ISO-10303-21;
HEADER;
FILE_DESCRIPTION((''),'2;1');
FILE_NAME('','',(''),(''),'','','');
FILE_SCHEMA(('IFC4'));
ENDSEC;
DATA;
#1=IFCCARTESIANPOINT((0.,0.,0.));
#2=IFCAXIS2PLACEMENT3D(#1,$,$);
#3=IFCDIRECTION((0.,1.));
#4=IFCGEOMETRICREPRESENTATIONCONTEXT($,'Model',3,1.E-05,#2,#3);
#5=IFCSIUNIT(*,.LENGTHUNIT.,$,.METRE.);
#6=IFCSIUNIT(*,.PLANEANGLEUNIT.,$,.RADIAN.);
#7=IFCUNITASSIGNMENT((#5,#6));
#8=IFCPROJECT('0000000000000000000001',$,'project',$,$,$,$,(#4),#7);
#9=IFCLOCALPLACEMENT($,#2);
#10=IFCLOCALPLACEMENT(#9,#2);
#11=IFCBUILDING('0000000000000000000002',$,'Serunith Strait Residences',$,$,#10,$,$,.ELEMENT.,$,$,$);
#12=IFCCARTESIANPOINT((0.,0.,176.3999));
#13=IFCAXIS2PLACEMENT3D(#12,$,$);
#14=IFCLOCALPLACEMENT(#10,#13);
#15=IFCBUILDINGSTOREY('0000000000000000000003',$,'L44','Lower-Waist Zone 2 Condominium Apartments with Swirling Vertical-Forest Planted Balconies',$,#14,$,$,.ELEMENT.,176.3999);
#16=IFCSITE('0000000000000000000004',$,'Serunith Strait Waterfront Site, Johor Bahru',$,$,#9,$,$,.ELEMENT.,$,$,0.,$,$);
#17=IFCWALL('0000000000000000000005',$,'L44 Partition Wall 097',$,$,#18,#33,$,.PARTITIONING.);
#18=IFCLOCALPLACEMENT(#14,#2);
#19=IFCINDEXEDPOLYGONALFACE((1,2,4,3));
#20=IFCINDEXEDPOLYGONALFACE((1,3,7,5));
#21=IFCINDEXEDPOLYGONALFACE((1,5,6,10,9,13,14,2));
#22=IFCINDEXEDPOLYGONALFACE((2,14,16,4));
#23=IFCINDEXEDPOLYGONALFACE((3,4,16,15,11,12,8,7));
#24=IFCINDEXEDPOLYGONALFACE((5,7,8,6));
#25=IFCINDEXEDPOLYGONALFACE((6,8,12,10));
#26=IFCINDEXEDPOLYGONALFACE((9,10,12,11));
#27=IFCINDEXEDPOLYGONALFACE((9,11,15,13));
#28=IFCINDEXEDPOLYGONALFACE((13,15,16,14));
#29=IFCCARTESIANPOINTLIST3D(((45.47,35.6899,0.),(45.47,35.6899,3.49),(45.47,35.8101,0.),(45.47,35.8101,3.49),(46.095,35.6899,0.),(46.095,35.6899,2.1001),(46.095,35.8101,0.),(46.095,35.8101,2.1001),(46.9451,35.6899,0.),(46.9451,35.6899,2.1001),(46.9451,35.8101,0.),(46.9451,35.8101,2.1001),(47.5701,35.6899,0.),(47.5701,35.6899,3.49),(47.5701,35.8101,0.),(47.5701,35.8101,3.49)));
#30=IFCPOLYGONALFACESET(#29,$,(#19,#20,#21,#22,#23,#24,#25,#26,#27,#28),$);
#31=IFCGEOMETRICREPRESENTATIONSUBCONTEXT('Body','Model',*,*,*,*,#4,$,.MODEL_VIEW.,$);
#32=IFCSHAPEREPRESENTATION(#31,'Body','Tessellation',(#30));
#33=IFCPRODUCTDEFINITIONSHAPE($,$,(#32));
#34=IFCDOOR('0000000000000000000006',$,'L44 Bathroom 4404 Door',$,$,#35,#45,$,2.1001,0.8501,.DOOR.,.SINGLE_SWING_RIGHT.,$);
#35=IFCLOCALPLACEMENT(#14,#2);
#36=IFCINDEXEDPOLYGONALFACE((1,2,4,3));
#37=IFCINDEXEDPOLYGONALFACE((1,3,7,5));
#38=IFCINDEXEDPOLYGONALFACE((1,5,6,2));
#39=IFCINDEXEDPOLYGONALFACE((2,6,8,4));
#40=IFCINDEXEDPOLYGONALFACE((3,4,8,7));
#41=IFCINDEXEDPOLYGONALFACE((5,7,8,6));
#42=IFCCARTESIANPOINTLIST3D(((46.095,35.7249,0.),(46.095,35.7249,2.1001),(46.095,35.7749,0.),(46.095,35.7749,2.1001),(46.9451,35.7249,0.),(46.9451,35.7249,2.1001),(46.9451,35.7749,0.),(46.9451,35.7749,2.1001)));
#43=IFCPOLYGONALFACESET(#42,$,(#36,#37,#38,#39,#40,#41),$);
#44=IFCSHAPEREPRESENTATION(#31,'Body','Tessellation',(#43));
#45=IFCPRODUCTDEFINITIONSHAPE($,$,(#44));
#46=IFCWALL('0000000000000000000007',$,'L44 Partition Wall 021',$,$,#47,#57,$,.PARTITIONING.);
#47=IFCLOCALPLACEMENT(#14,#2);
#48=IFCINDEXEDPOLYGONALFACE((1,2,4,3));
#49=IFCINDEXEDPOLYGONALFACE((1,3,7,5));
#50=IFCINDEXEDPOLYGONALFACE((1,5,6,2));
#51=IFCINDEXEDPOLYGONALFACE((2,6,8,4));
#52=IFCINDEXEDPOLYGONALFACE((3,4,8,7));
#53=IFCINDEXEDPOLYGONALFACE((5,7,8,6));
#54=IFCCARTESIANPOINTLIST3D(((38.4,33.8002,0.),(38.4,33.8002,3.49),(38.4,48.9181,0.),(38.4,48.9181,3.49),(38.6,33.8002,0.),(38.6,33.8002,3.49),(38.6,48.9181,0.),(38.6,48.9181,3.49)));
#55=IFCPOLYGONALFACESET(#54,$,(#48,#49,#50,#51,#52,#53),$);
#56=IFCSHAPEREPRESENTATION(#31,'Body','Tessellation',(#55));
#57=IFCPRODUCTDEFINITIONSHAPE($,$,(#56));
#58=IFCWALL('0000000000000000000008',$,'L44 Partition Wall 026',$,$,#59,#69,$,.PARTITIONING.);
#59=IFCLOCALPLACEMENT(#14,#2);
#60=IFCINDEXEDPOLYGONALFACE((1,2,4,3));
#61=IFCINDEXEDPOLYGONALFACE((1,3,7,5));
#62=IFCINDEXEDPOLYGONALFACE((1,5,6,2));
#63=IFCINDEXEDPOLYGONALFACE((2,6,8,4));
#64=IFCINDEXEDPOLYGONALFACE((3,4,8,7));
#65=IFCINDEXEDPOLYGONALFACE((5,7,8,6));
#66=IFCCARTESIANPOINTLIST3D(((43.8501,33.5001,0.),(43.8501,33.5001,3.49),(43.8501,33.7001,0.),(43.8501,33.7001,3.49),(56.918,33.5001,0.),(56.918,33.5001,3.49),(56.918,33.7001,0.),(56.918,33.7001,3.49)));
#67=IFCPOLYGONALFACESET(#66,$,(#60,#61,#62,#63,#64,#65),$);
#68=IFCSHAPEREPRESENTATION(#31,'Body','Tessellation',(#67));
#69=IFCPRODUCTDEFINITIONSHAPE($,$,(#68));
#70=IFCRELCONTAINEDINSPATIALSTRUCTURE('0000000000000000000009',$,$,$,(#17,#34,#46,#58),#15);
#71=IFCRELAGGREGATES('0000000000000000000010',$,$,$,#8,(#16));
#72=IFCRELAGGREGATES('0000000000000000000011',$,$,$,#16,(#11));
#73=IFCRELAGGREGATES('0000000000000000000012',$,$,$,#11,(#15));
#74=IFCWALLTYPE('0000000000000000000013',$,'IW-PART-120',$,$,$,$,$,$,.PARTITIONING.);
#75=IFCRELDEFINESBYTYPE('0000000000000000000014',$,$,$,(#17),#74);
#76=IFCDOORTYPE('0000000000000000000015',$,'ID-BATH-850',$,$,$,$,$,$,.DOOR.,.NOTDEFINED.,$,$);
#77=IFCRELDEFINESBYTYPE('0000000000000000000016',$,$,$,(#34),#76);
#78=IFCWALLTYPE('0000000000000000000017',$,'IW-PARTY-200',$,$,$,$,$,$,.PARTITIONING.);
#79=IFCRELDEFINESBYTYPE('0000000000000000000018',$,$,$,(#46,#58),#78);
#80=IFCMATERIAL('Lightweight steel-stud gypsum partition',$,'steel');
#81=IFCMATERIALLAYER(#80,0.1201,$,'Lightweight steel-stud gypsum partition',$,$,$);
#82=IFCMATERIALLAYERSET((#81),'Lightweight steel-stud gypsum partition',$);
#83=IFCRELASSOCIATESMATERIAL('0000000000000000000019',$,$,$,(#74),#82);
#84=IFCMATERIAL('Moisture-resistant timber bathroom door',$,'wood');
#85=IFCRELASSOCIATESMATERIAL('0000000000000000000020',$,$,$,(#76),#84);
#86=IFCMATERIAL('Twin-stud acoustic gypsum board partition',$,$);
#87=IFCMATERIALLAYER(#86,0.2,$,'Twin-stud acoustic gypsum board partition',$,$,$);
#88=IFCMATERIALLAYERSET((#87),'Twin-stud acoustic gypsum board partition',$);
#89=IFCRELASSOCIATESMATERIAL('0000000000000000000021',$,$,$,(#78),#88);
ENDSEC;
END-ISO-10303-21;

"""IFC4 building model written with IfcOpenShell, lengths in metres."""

from ifc_helpers import new_model, si_unit, direction, frame, frame_2d, origin, place, context, subcontext, project, spatial, rectangle, extrude, source, transform, mapped, material, layer, layer_set, type_object, element, fill, save


model = new_model("IFC4")

# Units and contexts
model_context = context("Model", 3, precision=1e-05, world=origin(), true_north=direction((0.0, 1.0)))
body_context = subcontext(model_context, "Body", "Model", "MODEL_VIEW")
ifc_project = project(units=[si_unit("LENGTHUNIT", "METRE"), si_unit("PLANEANGLEUNIT", "RADIAN")], contexts=[model_context])

# Site, building, storey
site_placement = place(None, origin())
site = spatial("IfcSite", under=ifc_project, at=site_placement, Name="Serunith Strait Waterfront Site, Johor Bahru", CompositionType="ELEMENT", RefElevation=0.0)
building_placement = place(site_placement, origin())
building = spatial("IfcBuilding", under=site, at=building_placement, Name="Serunith Strait Residences", CompositionType="ELEMENT")
storey_placement = place(building_placement, frame((0.0, 0.0, 176.3999)))
storey = spatial("IfcBuildingStorey", under=building, at=storey_placement, Name="L44", Description="Lower-Waist Zone 2 Condominium Apartments with Swirling Vertical-Forest Planted Balconies", CompositionType="ELEMENT", Elevation=176.3999)

# Shared definitions
ifc_material_1 = material(Name="Lightweight steel-stud gypsum partition", Category="steel")
ifc_layer_1 = layer(ifc_material_1, 0.1201, Name="Lightweight steel-stud gypsum partition")
ifc_layer_set_1 = layer_set([ifc_layer_1], Name="Lightweight steel-stud gypsum partition")
wall_type_1 = type_object("IfcWallType", Name="IW-PART-120", PredefinedType="PARTITIONING", material=ifc_layer_set_1)

# Shared definitions
ifc_material_2 = material(Name="Moisture-resistant timber bathroom door", Category="wood")
door_type_1 = type_object("IfcDoorType", Name="ID-BATH-850", OperationType="NOTDEFINED", PredefinedType="DOOR", material=ifc_material_2)
shared_shape_1 = source(origin(), body_context, "Body", "SweptSolid", [
    extrude(rectangle(XDim=0.8501, YDim=2.1001, at=frame_2d((0.425, 1.05))), frame((0.0, 0.0249, 0.0), z_axis=(0.0, -1.0, 0.0), x_axis=(1.0, 0.0, 0.0)), (0.0, 0.0, 1.0), 0.05),
])

# Wall, opening, door
wall_1_placement = place(storey_placement, frame((45.47, 35.75, 0.0), z_axis=(0.0, 0.0, 1.0), x_axis=(1.0, 0.0, 0.0)))
wall_1 = element("IfcWall", 1, at=wall_1_placement, inside=storey, type_object=wall_type_1, Name="L44 Partition Wall 097", PredefinedType="PARTITIONING", context=body_context, shape_type="SweptSolid", body=[
    extrude(rectangle(XDim=2.1001, YDim=0.1201, at=frame_2d((1.05, 0.0))), origin(), (0.0, 0.0, 1.0), 3.49),
])
opening_1_placement = place(wall_1_placement, frame((0.625, 0.0, 0.0)))
opening_1 = element("IfcOpeningElement", 2, at=opening_1_placement, cuts=wall_1, PredefinedType="OPENING", context=body_context, shape_type="SweptSolid", body=[
    extrude(rectangle(XDim=0.8501, YDim=2.1001, at=frame_2d((0.425, 1.05))), frame((0.0, 0.0701, 0.0), z_axis=(0.0, -1.0, 0.0), x_axis=(1.0, 0.0, 0.0)), (0.0, 0.0, 1.0), 0.1401),
])
door_1_placement = place(opening_1_placement, origin())
door_1 = element("IfcDoor", 3, at=door_1_placement, inside=storey, type_object=door_type_1, Name="L44 Bathroom 4404 Door", OperationType="SINGLE_SWING_RIGHT", OverallHeight=2.1001, OverallWidth=0.8501, PredefinedType="DOOR", context=body_context, shape_type="MappedRepresentation", body=[
    mapped(shared_shape_1, transform((0.0, 0.0, 0.0), scale=1.0)),
])
fill(opening_1, door_1)

# Walls
ifc_material_3 = material(Name="Twin-stud acoustic gypsum board partition")
ifc_layer_2 = layer(ifc_material_3, 0.2, Name="Twin-stud acoustic gypsum board partition")
ifc_layer_set_2 = layer_set([ifc_layer_2], Name="Twin-stud acoustic gypsum board partition")
wall_type_2 = type_object("IfcWallType", Name="IW-PARTY-200", PredefinedType="PARTITIONING", material=ifc_layer_set_2)
wall_2_placement = place(storey_placement, frame((38.5, 33.8, 0.0), z_axis=(0.0, 0.0, 1.0), x_axis=(0.0, 1.0, 0.0)))
element("IfcWall", 4, at=wall_2_placement, inside=storey, type_object=wall_type_2, Name="L44 Partition Wall 021", PredefinedType="PARTITIONING", context=body_context, shape_type="SweptSolid", body=[
    extrude(rectangle(XDim=15.1179, YDim=0.2, at=frame_2d((7.5591, 0.0))), origin(), (0.0, 0.0, 1.0), 3.49),
])
wall_3_placement = place(storey_placement, frame((43.8501, 33.6001, 0.0), z_axis=(0.0, 0.0, 1.0), x_axis=(1.0, 0.0, 0.0)))
element("IfcWall", 5, at=wall_3_placement, inside=storey, type_object=wall_type_2, Name="L44 Partition Wall 026", PredefinedType="PARTITIONING", context=body_context, shape_type="SweptSolid", body=[
    extrude(rectangle(XDim=13.0679, YDim=0.2, at=frame_2d((6.5339, 0.0))), origin(), (0.0, 0.0, 1.0), 3.49),
])

save(model, "model.ifc")
